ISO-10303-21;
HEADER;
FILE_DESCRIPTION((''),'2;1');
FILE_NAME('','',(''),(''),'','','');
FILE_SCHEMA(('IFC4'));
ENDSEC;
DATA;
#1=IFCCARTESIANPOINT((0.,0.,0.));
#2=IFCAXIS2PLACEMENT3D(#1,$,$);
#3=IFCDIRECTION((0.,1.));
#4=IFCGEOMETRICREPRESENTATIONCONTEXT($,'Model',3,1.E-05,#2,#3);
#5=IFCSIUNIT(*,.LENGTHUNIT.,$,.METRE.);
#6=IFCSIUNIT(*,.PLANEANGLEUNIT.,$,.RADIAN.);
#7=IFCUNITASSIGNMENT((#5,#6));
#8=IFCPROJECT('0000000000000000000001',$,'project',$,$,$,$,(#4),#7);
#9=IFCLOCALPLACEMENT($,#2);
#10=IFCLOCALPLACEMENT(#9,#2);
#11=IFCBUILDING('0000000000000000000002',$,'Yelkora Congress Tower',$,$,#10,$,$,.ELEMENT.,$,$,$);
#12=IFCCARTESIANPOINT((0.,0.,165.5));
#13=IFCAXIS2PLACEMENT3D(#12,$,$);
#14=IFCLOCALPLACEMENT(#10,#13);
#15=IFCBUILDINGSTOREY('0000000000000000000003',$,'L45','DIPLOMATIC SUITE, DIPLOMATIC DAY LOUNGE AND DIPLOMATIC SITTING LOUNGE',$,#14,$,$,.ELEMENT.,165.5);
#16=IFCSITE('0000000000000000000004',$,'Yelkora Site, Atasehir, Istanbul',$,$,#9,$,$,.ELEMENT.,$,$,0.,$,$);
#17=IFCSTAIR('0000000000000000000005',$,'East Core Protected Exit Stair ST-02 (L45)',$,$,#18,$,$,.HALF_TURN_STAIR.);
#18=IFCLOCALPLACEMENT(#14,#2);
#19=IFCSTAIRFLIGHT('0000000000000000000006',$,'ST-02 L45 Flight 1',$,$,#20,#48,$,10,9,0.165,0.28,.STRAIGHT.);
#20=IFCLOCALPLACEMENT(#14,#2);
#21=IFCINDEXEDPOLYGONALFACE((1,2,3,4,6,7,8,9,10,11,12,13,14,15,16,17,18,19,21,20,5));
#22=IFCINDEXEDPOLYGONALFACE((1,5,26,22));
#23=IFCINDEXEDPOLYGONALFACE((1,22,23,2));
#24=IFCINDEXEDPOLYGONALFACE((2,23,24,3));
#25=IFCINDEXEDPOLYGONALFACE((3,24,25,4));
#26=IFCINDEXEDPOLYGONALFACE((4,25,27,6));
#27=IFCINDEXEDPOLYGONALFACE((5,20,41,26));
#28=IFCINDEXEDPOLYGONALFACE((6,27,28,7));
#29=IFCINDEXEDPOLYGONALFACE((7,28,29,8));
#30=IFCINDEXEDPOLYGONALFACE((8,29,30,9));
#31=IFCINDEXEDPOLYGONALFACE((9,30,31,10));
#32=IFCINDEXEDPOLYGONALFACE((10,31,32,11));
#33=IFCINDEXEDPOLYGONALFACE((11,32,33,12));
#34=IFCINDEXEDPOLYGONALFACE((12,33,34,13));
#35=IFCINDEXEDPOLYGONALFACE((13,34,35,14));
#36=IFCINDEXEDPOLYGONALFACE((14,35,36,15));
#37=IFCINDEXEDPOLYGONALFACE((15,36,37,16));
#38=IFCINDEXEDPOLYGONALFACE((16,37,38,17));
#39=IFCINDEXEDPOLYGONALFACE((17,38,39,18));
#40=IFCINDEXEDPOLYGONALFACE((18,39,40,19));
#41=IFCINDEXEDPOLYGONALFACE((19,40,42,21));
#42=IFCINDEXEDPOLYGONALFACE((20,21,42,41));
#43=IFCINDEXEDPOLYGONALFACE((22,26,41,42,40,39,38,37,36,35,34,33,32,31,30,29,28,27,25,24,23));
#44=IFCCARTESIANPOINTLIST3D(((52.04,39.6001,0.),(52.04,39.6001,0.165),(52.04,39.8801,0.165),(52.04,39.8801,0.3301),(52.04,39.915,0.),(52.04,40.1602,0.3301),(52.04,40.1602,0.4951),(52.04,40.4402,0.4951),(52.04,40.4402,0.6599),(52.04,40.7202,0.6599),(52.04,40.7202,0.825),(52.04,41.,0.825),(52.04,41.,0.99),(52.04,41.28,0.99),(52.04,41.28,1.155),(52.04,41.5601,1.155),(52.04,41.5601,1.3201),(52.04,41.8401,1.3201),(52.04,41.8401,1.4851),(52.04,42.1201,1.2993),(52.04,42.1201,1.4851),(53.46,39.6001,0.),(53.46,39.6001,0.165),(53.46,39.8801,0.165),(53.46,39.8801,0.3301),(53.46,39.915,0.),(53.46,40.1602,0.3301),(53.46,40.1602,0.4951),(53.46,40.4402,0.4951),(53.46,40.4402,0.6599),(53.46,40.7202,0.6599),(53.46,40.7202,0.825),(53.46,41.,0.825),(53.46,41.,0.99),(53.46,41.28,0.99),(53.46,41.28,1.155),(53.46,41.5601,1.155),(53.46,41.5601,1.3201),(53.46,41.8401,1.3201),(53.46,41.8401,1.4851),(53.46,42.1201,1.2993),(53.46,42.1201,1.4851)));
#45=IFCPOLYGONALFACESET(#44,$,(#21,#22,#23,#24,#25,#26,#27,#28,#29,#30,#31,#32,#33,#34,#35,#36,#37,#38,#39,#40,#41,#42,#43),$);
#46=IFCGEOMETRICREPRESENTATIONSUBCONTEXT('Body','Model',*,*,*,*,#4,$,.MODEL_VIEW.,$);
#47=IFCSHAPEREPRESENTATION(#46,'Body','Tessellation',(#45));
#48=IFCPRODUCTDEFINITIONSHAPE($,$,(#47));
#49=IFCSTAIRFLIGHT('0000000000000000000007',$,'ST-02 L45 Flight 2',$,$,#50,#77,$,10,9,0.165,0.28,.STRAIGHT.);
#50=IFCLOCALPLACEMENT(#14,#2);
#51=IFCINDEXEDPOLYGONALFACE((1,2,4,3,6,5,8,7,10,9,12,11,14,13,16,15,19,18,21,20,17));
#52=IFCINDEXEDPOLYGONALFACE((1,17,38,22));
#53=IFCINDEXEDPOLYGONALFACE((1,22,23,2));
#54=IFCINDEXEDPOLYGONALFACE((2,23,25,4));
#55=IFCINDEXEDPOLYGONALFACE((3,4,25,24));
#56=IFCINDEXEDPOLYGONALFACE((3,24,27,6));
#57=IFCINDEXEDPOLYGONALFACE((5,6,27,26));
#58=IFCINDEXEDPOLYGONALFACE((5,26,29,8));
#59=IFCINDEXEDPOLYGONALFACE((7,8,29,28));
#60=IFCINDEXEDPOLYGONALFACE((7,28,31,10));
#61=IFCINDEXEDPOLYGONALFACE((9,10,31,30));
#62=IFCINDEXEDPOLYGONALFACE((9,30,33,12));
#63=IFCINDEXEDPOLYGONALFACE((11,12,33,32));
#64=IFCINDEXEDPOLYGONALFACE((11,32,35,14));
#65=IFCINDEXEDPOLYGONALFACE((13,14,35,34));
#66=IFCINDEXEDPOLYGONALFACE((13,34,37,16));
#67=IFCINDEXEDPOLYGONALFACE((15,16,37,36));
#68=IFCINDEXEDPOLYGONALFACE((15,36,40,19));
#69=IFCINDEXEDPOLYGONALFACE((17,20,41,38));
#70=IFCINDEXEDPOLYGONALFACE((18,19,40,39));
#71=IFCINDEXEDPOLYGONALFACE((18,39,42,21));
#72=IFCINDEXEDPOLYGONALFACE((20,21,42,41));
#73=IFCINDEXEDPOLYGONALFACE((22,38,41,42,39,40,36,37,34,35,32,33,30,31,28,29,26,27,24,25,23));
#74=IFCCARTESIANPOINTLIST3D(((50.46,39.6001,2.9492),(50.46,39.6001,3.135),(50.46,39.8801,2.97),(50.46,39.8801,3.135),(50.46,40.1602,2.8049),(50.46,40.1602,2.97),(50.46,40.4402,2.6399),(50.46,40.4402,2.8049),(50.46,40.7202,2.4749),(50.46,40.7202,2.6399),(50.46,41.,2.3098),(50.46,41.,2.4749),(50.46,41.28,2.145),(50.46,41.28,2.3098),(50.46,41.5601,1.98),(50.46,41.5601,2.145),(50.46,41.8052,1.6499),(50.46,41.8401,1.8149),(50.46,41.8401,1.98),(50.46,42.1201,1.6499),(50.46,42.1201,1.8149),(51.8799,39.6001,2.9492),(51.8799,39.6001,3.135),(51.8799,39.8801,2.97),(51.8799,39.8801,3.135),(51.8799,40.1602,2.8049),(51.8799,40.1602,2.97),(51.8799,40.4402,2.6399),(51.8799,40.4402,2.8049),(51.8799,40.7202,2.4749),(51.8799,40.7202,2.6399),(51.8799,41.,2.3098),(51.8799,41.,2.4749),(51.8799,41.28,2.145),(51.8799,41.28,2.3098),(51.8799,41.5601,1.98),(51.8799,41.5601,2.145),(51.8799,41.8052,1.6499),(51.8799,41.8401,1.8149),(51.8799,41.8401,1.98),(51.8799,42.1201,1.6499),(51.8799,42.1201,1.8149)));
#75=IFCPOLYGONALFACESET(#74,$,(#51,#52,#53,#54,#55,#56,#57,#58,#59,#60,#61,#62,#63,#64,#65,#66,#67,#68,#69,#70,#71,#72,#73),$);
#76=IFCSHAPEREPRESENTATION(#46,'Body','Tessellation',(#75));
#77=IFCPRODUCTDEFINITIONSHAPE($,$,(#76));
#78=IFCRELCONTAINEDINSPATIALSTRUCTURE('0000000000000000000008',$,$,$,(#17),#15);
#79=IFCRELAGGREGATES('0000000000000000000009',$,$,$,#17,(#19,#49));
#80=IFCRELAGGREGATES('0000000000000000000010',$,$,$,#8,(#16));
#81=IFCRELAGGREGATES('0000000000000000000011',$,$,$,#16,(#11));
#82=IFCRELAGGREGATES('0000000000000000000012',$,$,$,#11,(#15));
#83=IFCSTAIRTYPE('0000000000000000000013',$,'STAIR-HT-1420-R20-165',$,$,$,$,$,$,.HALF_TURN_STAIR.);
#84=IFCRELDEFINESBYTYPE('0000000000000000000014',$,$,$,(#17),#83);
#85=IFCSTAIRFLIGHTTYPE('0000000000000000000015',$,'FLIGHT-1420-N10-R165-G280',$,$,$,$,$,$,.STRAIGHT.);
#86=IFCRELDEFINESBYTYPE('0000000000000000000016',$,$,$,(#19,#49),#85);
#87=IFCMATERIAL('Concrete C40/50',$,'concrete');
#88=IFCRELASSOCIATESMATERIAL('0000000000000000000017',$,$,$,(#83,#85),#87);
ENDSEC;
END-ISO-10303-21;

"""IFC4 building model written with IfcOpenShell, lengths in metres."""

from ifc_helpers import new_model, si_unit, direction, frame, origin, place, context, subcontext, project, spatial, polyline, outline, extrude, material, type_object, element, aggregate, save


model = new_model("IFC4")

# Units and contexts
model_context = context("Model", 3, precision=1e-05, world=origin(), true_north=direction((0.0, 1.0)))
body_context = subcontext(model_context, "Body", "Model", "MODEL_VIEW")
ifc_project = project(units=[si_unit("LENGTHUNIT", "METRE"), si_unit("PLANEANGLEUNIT", "RADIAN")], contexts=[model_context])

# Site, building, storey
site_placement = place(None, origin())
site = spatial("IfcSite", under=ifc_project, at=site_placement, Name="Yelkora Site, Atasehir, Istanbul", CompositionType="ELEMENT", RefElevation=0.0)
building_placement = place(site_placement, origin())
building = spatial("IfcBuilding", under=site, at=building_placement, Name="Yelkora Congress Tower", CompositionType="ELEMENT")
storey_placement = place(building_placement, frame((0.0, 0.0, 165.5)))
storey = spatial("IfcBuildingStorey", under=building, at=storey_placement, Name="L45", Description="DIPLOMATIC SUITE, DIPLOMATIC DAY LOUNGE AND DIPLOMATIC SITTING LOUNGE", CompositionType="ELEMENT", Elevation=165.5)

# Stair, stair flights
ifc_material_1 = material(Name="Concrete C40/50", Category="concrete")
stair_type = type_object("IfcStairType", Name="STAIR-HT-1420-R20-165", PredefinedType="HALF_TURN_STAIR", material=ifc_material_1)
stair_placement = place(storey_placement, origin())
stair = element("IfcStair", 1, at=stair_placement, inside=storey, type_object=stair_type, Name="East Core Protected Exit Stair ST-02 (L45)", PredefinedType="HALF_TURN_STAIR")
stair_flight_type = type_object("IfcStairFlightType", Name="FLIGHT-1420-N10-R165-G280", PredefinedType="STRAIGHT", material=ifc_material_1)
stair_flight_1_placement = place(storey_placement, frame((52.75, 39.6001, 0.0), z_axis=(0.0, 0.0, 1.0), x_axis=(0.0, 1.0, 0.0)))
stair_flight_1 = element("IfcStairFlight", 2, at=stair_flight_1_placement, type_object=stair_flight_type, Name="ST-02 L45 Flight 1", NumberOfRisers=10, NumberOfTreads=9, PredefinedType="STRAIGHT", RiserHeight=0.165, TreadLength=0.28, context=body_context, shape_type="SweptSolid", body=[
    extrude(outline(polyline([(0.0, 0.0), (0.0, 0.165), (0.28, 0.165), (0.28, 0.3301), (0.5601, 0.3301), (0.5601, 0.4951), (0.8401, 0.4951), (0.8401, 0.6599), (1.1201, 0.6599), (1.1201, 0.825), (1.3999, 0.825), (1.3999, 0.99), (1.6799, 0.99), (1.6799, 1.155), (1.96, 1.155), (1.96, 1.3201), (2.24, 1.3201), (2.24, 1.4851), (2.52, 1.4851), (2.52, 1.6499), (2.52, 1.2993), (0.3149, 0.0), (0.0, 0.0)])), frame((0.0, 0.71, 0.0), z_axis=(0.0, -1.0, 0.0), x_axis=(1.0, 0.0, 0.0)), (0.0, 0.0, 1.0), 1.4199),
])
stair_flight_2_placement = place(storey_placement, frame((51.1699, 42.1201, 1.6499), z_axis=(0.0, 0.0, 1.0), x_axis=(0.0, -1.0, 0.0)))
stair_flight_2 = element("IfcStairFlight", 3, at=stair_flight_2_placement, type_object=stair_flight_type, Name="ST-02 L45 Flight 2", NumberOfRisers=10, NumberOfTreads=9, PredefinedType="STRAIGHT", RiserHeight=0.165, TreadLength=0.28, context=body_context, shape_type="SweptSolid", body=[
    extrude(outline(polyline([(0.0, 0.0), (0.0, 0.165), (0.28, 0.165), (0.28, 0.3301), (0.5601, 0.3301), (0.5601, 0.4951), (0.8401, 0.4951), (0.8401, 0.6599), (1.1201, 0.6599), (1.1201, 0.825), (1.3999, 0.825), (1.3999, 0.99), (1.6799, 0.99), (1.6799, 1.155), (1.96, 1.155), (1.96, 1.3201), (2.24, 1.3201), (2.24, 1.4851), (2.52, 1.4851), (2.52, 1.6499), (2.52, 1.2993), (0.3149, 0.0), (0.0, 0.0)])), frame((0.0, 0.71, 0.0), z_axis=(0.0, -1.0, 0.0), x_axis=(1.0, 0.0, 0.0)), (0.0, 0.0, 1.0), 1.4199),
])
aggregate(stair, [stair_flight_1, stair_flight_2])

save(model, "model.ifc")
